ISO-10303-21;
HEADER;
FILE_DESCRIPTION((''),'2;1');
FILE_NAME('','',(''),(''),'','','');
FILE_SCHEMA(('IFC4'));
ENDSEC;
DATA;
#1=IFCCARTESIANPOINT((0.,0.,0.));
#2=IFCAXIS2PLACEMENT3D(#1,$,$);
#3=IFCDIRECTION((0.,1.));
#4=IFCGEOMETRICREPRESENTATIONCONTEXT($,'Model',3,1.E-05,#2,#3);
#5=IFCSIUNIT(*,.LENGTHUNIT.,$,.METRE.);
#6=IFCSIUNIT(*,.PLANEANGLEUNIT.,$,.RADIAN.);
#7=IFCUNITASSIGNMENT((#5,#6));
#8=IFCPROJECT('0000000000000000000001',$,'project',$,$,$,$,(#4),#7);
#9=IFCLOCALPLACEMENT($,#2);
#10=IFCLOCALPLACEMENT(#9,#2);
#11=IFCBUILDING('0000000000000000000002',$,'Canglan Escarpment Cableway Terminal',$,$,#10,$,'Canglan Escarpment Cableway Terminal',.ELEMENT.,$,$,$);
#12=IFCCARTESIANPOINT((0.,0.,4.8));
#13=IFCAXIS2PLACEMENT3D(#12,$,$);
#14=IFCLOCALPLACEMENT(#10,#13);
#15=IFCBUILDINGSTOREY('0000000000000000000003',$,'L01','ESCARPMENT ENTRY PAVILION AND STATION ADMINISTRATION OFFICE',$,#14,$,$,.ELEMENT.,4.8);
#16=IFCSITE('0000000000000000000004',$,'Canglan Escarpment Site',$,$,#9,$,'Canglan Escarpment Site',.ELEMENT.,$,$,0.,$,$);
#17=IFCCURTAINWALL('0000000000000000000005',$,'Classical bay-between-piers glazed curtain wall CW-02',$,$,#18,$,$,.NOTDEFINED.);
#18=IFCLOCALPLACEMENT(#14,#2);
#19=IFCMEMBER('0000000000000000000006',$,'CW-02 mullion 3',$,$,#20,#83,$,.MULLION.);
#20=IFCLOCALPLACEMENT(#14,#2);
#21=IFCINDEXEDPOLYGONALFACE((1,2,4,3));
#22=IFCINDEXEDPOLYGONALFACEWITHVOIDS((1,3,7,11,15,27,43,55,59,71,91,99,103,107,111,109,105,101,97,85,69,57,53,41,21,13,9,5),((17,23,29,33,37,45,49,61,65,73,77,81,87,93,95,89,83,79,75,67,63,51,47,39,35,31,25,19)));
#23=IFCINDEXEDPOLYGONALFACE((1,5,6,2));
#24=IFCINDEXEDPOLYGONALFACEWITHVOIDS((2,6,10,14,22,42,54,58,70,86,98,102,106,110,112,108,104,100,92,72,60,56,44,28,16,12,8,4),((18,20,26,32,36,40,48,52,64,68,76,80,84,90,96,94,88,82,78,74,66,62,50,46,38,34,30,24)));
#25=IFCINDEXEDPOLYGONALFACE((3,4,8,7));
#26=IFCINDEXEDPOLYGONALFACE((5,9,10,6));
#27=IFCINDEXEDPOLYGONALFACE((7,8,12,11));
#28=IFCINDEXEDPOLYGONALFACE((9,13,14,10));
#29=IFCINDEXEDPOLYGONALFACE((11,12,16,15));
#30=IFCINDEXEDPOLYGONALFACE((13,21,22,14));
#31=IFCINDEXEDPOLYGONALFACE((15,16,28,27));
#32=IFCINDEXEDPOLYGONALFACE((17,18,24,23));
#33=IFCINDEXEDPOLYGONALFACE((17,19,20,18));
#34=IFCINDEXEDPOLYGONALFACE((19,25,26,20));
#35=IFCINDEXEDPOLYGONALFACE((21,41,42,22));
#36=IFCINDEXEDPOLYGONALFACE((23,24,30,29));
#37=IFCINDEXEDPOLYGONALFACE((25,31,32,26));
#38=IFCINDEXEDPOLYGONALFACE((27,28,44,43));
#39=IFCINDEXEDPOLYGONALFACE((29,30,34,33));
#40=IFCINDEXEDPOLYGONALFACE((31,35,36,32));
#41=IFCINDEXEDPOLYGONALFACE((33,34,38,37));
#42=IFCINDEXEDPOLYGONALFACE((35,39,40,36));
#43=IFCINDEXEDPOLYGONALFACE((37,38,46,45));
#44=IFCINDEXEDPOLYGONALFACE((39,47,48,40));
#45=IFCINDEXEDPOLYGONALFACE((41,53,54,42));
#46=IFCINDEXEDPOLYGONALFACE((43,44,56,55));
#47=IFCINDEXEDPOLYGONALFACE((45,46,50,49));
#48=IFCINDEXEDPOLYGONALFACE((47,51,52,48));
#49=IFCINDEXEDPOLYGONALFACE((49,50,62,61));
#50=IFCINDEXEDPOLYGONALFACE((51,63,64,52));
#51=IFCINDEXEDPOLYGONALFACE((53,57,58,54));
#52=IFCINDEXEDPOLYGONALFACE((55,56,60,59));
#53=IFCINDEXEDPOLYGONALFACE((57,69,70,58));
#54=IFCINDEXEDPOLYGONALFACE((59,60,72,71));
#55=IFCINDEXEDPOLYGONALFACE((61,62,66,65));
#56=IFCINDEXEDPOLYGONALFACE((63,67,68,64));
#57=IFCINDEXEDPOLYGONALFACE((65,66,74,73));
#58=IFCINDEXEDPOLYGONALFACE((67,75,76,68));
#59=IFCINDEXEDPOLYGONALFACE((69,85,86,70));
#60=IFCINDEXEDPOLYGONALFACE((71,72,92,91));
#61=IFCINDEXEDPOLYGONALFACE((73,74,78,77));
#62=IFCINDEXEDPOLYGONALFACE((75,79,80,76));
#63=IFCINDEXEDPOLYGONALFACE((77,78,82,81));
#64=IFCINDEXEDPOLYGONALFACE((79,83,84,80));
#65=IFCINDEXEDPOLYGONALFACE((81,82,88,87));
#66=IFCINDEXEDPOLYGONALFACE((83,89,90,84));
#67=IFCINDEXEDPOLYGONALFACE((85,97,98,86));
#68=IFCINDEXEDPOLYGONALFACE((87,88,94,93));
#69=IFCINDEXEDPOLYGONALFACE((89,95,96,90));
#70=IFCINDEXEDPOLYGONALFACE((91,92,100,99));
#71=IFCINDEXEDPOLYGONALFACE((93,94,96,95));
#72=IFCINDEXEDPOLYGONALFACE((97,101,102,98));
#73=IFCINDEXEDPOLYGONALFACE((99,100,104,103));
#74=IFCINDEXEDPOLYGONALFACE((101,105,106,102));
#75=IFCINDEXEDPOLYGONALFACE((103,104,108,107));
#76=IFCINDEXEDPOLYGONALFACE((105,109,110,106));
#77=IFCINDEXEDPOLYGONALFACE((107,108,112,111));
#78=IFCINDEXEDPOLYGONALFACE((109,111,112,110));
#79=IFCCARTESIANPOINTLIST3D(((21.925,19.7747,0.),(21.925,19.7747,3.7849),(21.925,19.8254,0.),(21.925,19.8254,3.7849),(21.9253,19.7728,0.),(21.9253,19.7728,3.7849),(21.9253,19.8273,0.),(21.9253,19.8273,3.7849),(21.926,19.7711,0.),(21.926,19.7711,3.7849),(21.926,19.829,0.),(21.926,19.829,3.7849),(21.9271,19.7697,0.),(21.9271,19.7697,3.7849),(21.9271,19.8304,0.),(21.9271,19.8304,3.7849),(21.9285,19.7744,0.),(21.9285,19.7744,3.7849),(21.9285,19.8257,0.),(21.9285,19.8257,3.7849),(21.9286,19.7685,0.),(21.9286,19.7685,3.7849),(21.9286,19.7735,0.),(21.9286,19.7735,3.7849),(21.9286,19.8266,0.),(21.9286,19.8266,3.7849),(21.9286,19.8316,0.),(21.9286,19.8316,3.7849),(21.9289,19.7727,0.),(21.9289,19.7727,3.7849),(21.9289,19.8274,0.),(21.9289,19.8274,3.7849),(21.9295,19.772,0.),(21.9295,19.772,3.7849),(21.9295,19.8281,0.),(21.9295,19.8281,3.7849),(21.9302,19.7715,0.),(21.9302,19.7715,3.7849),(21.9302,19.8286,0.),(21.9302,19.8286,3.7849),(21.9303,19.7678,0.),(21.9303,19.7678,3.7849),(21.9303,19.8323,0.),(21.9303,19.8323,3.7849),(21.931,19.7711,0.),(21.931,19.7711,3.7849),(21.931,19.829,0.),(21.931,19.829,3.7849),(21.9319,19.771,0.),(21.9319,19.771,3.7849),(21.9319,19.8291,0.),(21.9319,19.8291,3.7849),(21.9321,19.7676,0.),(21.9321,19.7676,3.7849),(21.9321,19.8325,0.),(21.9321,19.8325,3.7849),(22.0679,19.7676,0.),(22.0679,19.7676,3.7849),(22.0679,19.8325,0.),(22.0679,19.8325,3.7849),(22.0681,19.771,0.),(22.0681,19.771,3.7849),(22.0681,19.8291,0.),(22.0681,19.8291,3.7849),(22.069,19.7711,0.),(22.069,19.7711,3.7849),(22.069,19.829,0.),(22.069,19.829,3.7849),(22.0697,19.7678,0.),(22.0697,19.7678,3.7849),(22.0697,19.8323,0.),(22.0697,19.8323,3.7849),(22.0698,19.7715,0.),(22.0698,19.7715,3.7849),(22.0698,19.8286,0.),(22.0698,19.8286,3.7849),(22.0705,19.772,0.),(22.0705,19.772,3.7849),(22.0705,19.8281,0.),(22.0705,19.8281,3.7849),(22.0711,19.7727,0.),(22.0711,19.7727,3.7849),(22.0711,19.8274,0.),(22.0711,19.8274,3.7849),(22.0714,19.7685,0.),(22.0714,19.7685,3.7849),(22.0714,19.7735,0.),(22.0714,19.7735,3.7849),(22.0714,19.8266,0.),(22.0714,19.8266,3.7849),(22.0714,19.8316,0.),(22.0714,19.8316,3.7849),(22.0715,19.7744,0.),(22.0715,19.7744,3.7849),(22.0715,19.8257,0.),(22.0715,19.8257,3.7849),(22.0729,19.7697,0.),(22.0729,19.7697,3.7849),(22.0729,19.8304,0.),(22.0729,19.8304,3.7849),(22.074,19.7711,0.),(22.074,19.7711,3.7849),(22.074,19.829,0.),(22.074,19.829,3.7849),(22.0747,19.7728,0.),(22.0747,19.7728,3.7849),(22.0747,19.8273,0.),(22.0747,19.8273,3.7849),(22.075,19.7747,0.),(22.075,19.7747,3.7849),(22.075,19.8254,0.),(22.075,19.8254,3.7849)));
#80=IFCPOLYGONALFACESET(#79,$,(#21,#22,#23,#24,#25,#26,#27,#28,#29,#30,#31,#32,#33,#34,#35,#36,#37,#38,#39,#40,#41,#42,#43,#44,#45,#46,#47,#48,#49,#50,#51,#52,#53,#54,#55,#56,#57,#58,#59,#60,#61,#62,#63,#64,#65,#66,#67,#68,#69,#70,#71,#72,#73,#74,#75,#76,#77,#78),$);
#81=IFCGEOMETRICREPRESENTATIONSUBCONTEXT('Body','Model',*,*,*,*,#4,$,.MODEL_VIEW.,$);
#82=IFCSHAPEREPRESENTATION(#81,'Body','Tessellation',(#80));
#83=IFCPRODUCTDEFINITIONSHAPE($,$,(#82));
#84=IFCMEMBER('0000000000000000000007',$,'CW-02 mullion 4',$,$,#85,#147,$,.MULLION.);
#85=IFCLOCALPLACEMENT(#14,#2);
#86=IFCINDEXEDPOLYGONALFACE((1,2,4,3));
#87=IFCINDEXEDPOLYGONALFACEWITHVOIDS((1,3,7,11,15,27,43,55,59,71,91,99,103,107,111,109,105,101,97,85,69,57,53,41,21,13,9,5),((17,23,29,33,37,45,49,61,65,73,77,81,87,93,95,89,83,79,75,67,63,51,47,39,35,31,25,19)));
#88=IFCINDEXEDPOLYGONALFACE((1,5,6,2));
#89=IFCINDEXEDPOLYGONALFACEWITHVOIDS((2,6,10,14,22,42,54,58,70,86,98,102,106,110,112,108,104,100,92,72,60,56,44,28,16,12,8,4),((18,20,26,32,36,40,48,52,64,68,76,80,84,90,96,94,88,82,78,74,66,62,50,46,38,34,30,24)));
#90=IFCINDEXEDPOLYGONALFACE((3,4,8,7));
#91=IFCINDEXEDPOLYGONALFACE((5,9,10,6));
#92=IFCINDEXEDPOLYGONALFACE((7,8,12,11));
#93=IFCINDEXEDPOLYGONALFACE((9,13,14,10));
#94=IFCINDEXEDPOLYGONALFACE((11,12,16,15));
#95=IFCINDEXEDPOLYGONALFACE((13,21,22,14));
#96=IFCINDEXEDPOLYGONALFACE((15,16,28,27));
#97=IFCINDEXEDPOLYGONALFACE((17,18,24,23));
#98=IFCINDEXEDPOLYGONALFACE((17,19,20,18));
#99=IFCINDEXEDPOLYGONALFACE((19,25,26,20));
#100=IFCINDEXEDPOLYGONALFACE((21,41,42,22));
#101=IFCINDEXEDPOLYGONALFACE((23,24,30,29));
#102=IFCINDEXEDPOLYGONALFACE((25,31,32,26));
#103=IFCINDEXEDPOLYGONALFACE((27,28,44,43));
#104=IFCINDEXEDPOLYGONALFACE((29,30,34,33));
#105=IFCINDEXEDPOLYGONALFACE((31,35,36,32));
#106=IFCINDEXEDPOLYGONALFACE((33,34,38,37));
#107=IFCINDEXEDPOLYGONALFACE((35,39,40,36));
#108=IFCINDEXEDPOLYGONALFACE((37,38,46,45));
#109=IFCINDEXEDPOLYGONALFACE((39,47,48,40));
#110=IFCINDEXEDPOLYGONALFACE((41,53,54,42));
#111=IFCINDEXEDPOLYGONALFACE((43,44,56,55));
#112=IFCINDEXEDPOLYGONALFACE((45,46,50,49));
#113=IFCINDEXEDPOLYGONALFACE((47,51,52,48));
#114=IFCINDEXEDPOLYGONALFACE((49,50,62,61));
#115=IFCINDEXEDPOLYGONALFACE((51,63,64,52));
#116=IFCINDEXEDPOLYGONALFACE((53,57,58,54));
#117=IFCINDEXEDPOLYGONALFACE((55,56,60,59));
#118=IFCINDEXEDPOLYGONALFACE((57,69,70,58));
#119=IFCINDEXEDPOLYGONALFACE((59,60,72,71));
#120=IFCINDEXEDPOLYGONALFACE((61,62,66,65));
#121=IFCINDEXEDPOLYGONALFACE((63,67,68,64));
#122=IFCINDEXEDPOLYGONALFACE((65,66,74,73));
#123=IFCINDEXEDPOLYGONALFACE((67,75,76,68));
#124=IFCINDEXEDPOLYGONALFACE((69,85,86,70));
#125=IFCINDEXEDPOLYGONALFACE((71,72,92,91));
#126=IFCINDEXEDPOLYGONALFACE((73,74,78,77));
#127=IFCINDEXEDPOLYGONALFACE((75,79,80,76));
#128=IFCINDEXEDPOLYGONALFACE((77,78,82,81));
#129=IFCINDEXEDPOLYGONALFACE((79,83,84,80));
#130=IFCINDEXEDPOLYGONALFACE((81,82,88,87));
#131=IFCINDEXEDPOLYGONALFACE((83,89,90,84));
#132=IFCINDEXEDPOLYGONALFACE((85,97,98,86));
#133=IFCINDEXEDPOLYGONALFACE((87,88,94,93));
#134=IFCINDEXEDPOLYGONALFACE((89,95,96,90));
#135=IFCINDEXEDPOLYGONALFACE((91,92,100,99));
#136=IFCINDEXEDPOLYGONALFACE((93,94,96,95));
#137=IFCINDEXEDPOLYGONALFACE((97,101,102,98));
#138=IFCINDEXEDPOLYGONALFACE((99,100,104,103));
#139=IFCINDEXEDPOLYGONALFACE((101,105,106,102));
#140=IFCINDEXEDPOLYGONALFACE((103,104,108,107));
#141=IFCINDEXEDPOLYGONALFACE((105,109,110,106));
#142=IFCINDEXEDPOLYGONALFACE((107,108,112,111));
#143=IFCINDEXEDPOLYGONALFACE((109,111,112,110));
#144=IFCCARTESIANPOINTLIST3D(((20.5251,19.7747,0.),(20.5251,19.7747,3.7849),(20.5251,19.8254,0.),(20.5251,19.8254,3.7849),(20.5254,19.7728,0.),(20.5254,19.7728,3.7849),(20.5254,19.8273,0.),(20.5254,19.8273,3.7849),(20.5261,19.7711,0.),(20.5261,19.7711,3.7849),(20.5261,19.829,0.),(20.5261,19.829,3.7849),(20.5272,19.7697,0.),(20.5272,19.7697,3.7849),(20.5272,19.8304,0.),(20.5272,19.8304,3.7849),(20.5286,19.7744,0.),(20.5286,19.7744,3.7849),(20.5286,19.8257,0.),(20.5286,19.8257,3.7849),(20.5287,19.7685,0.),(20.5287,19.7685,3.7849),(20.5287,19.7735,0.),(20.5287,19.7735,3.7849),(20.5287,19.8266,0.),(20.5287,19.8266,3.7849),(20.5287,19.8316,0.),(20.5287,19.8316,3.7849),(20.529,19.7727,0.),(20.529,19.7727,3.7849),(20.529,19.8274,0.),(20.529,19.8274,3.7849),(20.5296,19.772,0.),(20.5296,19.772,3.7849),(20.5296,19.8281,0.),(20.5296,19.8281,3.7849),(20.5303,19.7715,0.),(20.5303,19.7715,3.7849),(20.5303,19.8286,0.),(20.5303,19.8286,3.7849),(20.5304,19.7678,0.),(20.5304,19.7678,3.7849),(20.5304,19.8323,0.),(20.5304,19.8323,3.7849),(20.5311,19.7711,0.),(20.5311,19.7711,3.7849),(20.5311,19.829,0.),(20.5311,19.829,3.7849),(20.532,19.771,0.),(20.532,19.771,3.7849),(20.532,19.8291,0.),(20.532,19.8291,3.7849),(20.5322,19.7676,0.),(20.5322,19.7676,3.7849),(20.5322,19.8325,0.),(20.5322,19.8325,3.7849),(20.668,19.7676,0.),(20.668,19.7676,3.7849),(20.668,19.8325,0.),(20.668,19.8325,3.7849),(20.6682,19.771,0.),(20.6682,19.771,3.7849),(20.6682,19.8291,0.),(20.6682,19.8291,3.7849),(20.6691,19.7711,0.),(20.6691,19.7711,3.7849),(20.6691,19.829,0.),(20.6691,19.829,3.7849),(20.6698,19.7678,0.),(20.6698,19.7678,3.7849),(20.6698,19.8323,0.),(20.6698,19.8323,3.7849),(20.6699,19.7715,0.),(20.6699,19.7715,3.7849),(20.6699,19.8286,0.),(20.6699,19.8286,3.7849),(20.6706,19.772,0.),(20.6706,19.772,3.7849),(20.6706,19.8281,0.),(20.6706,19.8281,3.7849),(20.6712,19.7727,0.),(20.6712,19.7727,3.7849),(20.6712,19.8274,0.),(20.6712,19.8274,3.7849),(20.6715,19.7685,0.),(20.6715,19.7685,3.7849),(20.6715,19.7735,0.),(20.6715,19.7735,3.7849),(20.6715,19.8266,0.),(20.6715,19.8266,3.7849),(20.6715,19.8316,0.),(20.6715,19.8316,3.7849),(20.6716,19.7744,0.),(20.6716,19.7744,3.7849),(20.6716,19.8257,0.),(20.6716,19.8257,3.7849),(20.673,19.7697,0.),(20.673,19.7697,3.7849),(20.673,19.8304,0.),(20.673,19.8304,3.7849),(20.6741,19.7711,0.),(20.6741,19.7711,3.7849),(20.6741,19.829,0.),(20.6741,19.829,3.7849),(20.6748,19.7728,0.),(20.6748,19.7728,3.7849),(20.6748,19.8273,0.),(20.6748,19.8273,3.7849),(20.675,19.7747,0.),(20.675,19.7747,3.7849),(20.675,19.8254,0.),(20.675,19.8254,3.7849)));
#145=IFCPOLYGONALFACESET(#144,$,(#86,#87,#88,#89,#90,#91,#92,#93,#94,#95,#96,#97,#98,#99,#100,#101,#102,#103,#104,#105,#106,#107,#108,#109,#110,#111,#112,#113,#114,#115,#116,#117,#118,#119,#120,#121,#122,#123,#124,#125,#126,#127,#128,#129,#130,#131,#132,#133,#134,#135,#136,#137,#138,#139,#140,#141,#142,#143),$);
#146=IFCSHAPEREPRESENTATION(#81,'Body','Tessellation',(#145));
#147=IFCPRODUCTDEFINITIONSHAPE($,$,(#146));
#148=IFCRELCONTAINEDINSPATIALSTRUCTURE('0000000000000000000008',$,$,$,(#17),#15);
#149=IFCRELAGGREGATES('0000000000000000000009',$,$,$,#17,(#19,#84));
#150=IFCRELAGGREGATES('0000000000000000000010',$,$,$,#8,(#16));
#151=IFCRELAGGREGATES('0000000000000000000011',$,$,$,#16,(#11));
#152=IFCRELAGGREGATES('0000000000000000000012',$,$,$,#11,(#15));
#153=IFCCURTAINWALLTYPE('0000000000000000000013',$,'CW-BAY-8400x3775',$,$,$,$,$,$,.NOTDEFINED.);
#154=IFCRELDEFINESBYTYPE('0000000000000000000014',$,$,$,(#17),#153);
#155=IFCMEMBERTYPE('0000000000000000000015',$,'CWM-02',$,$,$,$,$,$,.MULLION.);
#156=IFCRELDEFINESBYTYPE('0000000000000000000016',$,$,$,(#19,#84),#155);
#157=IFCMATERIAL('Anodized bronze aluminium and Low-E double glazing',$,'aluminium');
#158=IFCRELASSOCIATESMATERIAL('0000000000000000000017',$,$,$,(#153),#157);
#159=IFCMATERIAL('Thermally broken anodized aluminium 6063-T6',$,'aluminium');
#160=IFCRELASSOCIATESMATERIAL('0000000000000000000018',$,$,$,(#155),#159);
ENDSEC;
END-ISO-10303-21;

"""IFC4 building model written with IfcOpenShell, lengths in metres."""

from ifc_helpers import new_model, si_unit, direction, frame, origin, origin_2d, place, context, subcontext, project, spatial, hollow_rectangle, extrude, material, material_profile, profile_set, type_object, element, aggregate, save


model = new_model("IFC4")

# Units and contexts
model_context = context("Model", 3, precision=1e-05, world=origin(), true_north=direction((0.0, 1.0)))
body_context = subcontext(model_context, "Body", "Model", "MODEL_VIEW")
ifc_project = project(units=[si_unit("LENGTHUNIT", "METRE"), si_unit("PLANEANGLEUNIT", "RADIAN")], contexts=[model_context])

# Site, building, storey
site_placement = place(None, origin())
site = spatial("IfcSite", under=ifc_project, at=site_placement, Name="Canglan Escarpment Site", LongName="Canglan Escarpment Site", CompositionType="ELEMENT", RefElevation=0.0)
building_placement = place(site_placement, origin())
building = spatial("IfcBuilding", under=site, at=building_placement, Name="Canglan Escarpment Cableway Terminal", LongName="Canglan Escarpment Cableway Terminal", CompositionType="ELEMENT")
storey_placement = place(building_placement, frame((0.0, 0.0, 4.8)))
storey = spatial("IfcBuildingStorey", under=building, at=storey_placement, Name="L01", Description="ESCARPMENT ENTRY PAVILION AND STATION ADMINISTRATION OFFICE", CompositionType="ELEMENT", Elevation=4.8)

# Curtain wall, members
ifc_material_1 = material(Name="Anodized bronze aluminium and Low-E double glazing", Category="aluminium")
curtain_wall_type = type_object("IfcCurtainWallType", Name="CW-BAY-8400x3775", PredefinedType="NOTDEFINED", material=ifc_material_1)
curtain_wall_placement = place(storey_placement, origin())
curtain_wall = element("IfcCurtainWall", 1, at=curtain_wall_placement, inside=storey, type_object=curtain_wall_type, Name="Classical bay-between-piers glazed curtain wall CW-02", PredefinedType="NOTDEFINED")
ifc_material_2 = material(Name="Thermally broken anodized aluminium 6063-T6", Category="aluminium")
ifc_material_profile_1 = material_profile(ifc_material_2, hollow_rectangle(XDim=0.0649, YDim=0.1499, WallThickness=0.0034, InnerFilletRadius=0.0034, OuterFilletRadius=0.0071, at=origin_2d()), Name="ALU-MULL 65x150x3.5")
ifc_profile_set_1 = profile_set([ifc_material_profile_1], Name="Thermally broken anodized aluminium 6063-T6")
member_type_1 = type_object("IfcMemberType", Name="CWM-02", PredefinedType="MULLION", material=ifc_profile_set_1)
member_1_placement = place(storey_placement, frame((22.0, 19.8, 0.0), z_axis=(0.0, 0.0, 1.0), x_axis=(0.0, -1.0, 0.0)))
member_1 = element("IfcMember", 2, at=member_1_placement, type_object=member_type_1, Name="CW-02 mullion 3", PredefinedType="MULLION", context=body_context, shape_type="SweptSolid", body=[
    extrude(hollow_rectangle(XDim=0.0649, YDim=0.1499, WallThickness=0.0034, InnerFilletRadius=0.0034, OuterFilletRadius=0.0071, at=origin_2d()), origin(), (0.0, 0.0, 1.0), 3.7849),
])
member_2_placement = place(storey_placement, frame((20.6001, 19.8, 0.0), z_axis=(0.0, 0.0, 1.0), x_axis=(0.0, -1.0, 0.0)))
member_2 = element("IfcMember", 3, at=member_2_placement, type_object=member_type_1, Name="CW-02 mullion 4", PredefinedType="MULLION", context=body_context, shape_type="SweptSolid", body=[
    extrude(hollow_rectangle(XDim=0.0649, YDim=0.1499, WallThickness=0.0034, InnerFilletRadius=0.0034, OuterFilletRadius=0.0071, at=origin_2d()), origin(), (0.0, 0.0, 1.0), 3.7849),
])

aggregate(curtain_wall, [member_1, member_2])

save(model, "model.ifc")
